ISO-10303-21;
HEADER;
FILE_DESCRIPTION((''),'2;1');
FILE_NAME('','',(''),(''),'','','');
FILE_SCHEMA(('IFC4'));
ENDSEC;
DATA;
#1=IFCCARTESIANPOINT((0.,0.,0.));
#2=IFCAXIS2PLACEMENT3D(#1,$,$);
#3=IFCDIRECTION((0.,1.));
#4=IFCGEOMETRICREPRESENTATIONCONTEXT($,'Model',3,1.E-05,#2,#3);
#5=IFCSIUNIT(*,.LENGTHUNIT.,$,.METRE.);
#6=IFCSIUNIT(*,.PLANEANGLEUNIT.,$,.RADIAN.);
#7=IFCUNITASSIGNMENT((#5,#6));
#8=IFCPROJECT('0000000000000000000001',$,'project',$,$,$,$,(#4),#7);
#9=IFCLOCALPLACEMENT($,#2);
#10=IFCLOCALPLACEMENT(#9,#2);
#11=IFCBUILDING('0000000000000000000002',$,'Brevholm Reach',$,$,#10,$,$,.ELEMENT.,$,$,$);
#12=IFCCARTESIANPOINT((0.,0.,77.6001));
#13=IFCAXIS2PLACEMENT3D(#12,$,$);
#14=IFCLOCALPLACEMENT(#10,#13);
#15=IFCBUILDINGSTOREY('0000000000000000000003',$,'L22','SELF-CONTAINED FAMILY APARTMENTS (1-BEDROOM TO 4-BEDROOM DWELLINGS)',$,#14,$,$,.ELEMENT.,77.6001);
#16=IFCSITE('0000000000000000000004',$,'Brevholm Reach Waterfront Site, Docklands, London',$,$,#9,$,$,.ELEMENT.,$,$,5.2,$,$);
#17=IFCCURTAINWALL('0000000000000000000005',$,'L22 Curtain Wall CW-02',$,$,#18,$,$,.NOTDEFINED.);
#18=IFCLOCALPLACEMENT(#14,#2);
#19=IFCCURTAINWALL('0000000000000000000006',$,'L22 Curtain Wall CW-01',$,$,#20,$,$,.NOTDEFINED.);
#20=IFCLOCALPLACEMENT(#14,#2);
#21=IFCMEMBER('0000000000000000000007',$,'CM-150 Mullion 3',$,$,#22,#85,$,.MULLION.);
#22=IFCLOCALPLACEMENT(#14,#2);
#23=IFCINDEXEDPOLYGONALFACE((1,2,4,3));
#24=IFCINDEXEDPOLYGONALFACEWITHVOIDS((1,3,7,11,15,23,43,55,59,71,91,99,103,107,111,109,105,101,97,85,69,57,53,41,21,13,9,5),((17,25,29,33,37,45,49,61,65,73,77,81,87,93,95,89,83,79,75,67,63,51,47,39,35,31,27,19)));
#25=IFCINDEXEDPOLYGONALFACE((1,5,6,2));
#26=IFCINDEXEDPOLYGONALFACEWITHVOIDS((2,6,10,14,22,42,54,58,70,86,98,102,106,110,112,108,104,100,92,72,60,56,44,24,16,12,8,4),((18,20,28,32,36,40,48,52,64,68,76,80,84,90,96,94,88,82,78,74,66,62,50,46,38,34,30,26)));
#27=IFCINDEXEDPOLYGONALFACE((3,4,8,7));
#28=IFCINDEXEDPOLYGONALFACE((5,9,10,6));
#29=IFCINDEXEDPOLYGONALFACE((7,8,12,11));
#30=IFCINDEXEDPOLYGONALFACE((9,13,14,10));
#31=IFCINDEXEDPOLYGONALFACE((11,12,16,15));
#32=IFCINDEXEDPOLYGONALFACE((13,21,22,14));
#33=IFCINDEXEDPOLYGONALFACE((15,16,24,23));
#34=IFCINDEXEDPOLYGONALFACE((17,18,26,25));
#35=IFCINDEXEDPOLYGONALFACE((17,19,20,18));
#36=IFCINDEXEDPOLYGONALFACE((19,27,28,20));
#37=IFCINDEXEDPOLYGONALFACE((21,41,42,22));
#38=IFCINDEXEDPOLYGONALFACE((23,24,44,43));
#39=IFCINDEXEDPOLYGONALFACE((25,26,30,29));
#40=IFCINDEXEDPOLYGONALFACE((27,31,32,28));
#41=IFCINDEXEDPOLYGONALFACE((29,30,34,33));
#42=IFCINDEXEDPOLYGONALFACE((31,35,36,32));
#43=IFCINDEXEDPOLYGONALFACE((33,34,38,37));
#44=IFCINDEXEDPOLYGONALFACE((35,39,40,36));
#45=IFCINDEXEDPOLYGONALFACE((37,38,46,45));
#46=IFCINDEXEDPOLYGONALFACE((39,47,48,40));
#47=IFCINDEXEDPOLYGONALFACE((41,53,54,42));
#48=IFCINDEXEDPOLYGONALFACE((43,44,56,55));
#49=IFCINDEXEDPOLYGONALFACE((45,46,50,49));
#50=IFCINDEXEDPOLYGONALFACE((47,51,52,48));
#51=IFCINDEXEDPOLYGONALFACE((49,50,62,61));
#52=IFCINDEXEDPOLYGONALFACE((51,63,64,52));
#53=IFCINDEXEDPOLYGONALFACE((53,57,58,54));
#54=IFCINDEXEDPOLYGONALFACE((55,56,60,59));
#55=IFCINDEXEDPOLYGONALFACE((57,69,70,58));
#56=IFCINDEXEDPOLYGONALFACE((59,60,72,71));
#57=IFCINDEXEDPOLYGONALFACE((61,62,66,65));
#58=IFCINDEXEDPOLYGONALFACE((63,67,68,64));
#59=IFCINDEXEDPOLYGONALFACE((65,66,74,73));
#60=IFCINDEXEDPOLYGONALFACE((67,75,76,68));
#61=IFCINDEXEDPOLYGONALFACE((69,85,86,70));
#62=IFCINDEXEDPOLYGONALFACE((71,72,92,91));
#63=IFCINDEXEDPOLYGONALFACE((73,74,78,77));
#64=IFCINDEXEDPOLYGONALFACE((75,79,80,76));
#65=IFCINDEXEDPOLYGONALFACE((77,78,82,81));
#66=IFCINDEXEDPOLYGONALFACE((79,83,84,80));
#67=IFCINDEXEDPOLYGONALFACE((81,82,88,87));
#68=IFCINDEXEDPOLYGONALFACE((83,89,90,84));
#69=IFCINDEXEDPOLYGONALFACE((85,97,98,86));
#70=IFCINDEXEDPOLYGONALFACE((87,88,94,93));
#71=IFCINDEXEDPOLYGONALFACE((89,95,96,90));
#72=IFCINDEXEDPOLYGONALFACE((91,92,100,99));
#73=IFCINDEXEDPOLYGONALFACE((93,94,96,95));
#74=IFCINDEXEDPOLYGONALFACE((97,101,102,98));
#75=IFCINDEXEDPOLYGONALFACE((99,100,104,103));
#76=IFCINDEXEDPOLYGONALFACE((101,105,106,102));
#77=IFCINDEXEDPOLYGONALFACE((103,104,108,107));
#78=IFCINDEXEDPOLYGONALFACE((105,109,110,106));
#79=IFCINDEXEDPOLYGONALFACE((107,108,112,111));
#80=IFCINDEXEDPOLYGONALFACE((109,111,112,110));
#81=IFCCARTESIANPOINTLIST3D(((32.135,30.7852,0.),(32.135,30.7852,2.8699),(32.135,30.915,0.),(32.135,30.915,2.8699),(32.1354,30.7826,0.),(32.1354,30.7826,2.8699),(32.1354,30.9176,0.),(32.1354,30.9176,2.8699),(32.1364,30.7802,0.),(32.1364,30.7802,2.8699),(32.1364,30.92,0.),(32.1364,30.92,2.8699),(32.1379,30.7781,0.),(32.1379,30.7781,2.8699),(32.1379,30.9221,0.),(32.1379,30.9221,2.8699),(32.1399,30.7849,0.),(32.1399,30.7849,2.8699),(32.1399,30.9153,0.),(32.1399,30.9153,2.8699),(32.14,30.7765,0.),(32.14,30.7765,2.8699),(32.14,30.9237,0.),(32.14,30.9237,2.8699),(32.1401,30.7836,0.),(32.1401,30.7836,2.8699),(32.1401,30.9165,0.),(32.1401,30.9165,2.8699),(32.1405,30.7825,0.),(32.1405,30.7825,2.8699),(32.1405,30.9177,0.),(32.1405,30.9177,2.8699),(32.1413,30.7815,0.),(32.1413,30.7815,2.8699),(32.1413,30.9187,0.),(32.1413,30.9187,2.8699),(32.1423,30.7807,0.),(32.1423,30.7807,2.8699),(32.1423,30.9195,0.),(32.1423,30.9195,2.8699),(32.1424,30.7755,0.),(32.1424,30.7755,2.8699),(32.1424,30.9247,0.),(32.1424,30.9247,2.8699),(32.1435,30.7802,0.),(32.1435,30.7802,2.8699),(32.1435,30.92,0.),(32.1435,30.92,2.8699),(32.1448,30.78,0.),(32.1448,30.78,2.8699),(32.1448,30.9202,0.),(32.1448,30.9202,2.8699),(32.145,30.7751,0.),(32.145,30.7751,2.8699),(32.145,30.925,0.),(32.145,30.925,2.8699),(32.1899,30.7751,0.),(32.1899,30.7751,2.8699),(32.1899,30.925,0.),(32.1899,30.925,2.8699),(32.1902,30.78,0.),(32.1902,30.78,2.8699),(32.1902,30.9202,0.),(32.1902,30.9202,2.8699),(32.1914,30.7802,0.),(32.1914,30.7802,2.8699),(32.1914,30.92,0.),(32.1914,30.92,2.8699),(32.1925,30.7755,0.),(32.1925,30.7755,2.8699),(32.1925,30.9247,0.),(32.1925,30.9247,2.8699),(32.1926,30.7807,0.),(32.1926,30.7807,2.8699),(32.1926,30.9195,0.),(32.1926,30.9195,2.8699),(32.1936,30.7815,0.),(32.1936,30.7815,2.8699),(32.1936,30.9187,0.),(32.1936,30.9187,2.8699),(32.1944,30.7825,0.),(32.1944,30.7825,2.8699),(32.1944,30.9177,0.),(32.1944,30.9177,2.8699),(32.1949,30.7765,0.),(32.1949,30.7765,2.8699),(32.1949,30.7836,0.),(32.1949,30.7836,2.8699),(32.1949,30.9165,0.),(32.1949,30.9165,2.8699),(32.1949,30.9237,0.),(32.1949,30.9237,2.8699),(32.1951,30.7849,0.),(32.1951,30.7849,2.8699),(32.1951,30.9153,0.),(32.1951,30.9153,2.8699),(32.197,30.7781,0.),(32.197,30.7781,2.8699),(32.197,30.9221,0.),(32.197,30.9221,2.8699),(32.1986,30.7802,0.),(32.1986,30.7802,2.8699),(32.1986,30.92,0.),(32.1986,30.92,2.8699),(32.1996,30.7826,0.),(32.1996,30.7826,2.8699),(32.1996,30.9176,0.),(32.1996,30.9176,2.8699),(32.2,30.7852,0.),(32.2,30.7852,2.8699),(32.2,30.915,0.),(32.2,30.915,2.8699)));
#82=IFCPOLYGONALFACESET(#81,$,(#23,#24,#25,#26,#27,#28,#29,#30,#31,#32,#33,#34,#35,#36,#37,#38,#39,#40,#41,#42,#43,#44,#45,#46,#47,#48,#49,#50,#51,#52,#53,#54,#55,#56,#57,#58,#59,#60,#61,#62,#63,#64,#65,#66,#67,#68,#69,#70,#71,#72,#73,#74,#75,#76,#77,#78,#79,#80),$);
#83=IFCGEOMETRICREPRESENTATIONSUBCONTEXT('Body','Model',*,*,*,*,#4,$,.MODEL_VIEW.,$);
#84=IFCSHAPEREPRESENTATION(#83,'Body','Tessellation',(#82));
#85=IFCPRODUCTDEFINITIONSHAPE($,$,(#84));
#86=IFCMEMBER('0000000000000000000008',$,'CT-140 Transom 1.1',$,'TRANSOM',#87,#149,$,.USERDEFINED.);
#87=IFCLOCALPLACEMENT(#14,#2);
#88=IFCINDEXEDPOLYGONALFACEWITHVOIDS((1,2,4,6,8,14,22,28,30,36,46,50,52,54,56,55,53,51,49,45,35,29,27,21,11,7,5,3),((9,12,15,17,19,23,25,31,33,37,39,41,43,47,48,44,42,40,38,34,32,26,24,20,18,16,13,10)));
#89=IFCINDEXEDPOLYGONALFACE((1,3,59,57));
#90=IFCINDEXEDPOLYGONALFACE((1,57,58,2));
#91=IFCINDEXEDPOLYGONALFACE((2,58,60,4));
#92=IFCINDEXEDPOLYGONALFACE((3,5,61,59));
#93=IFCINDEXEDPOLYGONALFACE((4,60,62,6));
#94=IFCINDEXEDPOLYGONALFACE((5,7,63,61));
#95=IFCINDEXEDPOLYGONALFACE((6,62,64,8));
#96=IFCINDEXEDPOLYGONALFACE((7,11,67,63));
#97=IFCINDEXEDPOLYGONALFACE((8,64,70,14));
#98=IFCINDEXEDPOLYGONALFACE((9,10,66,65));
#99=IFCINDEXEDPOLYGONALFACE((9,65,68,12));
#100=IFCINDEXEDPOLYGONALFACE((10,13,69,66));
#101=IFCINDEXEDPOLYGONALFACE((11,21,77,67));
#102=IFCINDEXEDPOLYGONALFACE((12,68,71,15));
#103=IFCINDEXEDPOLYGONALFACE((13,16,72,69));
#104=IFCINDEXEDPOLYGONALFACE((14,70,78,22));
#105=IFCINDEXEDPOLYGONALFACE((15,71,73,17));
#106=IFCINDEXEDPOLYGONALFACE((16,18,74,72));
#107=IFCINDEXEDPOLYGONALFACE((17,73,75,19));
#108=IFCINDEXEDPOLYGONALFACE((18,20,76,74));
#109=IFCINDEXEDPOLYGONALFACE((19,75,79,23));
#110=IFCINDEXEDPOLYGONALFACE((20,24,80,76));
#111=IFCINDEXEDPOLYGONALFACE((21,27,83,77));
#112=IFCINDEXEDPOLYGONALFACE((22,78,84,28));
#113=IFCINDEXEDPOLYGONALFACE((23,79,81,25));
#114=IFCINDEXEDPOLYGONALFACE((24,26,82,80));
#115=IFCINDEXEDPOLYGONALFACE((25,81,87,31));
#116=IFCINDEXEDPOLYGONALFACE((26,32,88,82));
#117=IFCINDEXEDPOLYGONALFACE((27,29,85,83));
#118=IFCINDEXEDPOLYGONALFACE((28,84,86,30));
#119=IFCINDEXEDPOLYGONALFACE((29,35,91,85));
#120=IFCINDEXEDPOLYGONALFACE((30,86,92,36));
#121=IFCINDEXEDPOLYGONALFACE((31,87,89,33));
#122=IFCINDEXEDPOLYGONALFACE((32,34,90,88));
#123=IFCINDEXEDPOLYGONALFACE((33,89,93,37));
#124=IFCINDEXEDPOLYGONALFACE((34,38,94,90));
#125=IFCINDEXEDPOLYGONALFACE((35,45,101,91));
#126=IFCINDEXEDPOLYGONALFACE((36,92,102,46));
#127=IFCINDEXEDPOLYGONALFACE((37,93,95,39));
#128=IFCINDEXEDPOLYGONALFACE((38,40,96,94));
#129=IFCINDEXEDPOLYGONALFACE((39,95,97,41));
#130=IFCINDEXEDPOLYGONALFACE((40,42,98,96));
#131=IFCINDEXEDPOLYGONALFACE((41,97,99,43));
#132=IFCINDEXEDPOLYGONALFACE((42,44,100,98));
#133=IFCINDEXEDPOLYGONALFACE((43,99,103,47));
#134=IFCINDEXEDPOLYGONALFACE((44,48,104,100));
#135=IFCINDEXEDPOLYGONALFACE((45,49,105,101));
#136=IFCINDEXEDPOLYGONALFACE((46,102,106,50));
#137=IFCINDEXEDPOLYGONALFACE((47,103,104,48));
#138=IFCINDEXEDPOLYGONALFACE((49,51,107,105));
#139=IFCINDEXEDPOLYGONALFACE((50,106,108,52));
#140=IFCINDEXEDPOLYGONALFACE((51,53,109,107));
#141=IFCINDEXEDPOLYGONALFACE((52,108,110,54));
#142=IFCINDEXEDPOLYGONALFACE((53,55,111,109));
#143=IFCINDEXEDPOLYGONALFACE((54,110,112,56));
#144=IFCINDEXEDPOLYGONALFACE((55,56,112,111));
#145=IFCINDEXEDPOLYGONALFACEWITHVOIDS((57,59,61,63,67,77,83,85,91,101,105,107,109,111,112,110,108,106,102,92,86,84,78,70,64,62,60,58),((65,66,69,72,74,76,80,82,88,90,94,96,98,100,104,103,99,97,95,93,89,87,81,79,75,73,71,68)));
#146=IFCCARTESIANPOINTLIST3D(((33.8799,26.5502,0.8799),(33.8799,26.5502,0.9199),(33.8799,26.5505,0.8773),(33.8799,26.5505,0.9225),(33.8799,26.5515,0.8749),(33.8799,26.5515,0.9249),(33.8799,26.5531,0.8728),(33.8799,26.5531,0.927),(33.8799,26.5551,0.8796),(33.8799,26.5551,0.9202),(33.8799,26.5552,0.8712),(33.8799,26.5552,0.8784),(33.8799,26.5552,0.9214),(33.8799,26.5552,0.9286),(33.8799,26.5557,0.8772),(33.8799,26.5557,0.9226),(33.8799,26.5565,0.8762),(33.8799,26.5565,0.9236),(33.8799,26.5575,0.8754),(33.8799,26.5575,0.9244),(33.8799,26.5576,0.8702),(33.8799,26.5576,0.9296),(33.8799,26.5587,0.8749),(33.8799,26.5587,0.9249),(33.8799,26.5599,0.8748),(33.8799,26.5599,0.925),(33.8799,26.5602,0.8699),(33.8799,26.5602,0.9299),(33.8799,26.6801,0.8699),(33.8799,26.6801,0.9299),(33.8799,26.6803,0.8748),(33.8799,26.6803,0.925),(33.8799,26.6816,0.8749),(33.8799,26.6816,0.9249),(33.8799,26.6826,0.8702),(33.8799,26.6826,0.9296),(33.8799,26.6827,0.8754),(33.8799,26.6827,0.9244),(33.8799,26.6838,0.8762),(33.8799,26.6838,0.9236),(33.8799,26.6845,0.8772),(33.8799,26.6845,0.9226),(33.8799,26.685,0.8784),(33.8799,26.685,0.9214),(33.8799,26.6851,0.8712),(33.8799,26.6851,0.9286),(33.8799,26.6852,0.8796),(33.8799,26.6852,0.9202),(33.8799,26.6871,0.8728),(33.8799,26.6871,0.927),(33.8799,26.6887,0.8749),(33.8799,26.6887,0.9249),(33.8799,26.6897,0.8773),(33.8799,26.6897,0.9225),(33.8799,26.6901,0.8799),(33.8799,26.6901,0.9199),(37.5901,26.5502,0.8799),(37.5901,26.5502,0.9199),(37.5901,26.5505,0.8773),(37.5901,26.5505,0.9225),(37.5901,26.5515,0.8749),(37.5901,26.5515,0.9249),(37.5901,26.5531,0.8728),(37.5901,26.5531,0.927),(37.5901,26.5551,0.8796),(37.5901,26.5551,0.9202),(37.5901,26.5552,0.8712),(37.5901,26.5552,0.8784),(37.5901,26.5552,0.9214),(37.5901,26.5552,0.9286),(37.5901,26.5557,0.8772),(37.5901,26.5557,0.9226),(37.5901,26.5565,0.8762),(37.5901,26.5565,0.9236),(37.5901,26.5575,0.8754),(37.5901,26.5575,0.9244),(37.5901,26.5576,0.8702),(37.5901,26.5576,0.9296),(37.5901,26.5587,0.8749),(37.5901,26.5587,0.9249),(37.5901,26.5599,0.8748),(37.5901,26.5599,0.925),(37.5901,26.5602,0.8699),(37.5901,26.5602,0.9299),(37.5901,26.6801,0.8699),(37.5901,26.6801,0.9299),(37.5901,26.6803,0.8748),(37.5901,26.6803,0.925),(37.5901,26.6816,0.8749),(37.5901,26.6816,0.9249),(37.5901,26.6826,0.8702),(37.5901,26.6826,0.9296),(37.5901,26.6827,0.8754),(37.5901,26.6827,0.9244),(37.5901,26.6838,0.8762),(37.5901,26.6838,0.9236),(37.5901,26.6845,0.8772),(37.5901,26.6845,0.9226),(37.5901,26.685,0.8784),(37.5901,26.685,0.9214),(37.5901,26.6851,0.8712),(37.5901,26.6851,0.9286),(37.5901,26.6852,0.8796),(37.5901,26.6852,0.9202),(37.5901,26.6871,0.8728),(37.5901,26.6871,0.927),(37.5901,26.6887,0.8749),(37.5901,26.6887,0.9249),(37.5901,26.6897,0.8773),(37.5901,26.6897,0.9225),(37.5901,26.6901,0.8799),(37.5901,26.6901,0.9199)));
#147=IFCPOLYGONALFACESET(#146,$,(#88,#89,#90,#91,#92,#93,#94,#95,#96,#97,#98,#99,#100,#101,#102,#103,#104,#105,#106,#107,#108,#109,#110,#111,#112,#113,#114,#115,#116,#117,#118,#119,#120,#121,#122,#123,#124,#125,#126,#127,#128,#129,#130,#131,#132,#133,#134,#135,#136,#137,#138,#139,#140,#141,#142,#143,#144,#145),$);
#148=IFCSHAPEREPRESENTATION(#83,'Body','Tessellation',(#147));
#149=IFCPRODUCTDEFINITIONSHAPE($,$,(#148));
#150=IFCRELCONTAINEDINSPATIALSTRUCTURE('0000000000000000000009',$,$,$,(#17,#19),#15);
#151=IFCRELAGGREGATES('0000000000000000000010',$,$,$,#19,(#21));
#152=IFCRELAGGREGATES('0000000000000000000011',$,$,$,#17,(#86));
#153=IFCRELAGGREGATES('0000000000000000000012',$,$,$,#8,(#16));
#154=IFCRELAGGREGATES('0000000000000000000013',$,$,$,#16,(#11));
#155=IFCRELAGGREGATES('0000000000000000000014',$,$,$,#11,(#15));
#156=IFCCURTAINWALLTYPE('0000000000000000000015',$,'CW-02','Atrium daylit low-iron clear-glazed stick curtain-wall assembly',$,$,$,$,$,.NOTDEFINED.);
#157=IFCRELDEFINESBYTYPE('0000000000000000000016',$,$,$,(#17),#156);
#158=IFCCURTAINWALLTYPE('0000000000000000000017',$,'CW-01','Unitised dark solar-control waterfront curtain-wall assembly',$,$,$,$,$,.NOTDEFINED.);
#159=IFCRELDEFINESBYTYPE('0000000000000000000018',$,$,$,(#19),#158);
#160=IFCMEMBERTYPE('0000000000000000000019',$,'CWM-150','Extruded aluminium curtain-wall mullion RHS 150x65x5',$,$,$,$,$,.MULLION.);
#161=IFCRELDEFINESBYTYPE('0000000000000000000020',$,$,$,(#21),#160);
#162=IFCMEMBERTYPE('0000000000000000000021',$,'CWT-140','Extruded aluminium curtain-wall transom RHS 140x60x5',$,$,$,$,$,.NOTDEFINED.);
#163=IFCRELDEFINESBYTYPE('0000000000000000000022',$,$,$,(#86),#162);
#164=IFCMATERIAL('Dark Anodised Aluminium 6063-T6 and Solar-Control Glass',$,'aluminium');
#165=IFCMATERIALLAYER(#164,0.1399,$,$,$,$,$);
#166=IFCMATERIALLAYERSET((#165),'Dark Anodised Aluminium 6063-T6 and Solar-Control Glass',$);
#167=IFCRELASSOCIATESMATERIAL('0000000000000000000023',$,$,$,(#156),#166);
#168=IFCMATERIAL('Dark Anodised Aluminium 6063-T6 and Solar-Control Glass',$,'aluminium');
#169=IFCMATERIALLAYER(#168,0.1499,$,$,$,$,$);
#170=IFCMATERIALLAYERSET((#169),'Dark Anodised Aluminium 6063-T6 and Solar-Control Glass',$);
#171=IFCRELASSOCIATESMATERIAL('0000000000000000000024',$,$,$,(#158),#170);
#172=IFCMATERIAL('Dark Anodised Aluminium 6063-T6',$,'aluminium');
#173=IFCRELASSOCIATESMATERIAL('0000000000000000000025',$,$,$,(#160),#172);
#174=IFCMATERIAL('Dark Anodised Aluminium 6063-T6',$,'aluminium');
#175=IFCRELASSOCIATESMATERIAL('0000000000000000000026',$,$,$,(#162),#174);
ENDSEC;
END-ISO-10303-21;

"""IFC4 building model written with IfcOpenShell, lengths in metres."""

from ifc_helpers import new_model, si_unit, direction, frame, origin, origin_2d, place, context, subcontext, project, spatial, hollow_rectangle, extrude, material, layer, layer_set, material_profile, profile_set, type_object, element, aggregate, save


model = new_model("IFC4")

# Units and contexts
model_context = context("Model", 3, precision=1e-05, world=origin(), true_north=direction((0.0, 1.0)))
body_context = subcontext(model_context, "Body", "Model", "MODEL_VIEW")
ifc_project = project(units=[si_unit("LENGTHUNIT", "METRE"), si_unit("PLANEANGLEUNIT", "RADIAN")], contexts=[model_context])

# Site, building, storey
site_placement = place(None, origin())
site = spatial("IfcSite", under=ifc_project, at=site_placement, Name="Brevholm Reach Waterfront Site, Docklands, London", CompositionType="ELEMENT", RefElevation=5.2)
building_placement = place(site_placement, origin())
building = spatial("IfcBuilding", under=site, at=building_placement, Name="Brevholm Reach", CompositionType="ELEMENT")
storey_placement = place(building_placement, frame((0.0, 0.0, 77.6001)))
storey = spatial("IfcBuildingStorey", under=building, at=storey_placement, Name="L22", Description="SELF-CONTAINED FAMILY APARTMENTS (1-BEDROOM TO 4-BEDROOM DWELLINGS)", CompositionType="ELEMENT", Elevation=77.6001)

# Curtain walls, member
ifc_material_1 = material(Name="Dark Anodised Aluminium 6063-T6 and Solar-Control Glass", Category="aluminium")
ifc_layer_1 = layer(ifc_material_1, 0.1399)
ifc_layer_set_1 = layer_set([ifc_layer_1], Name="Dark Anodised Aluminium 6063-T6 and Solar-Control Glass")
curtain_wall_type_1 = type_object("IfcCurtainWallType", Name="CW-02", Description="Atrium daylit low-iron clear-glazed stick curtain-wall assembly", PredefinedType="NOTDEFINED", material=ifc_layer_set_1)
curtain_wall_1_placement = place(storey_placement, origin())
curtain_wall_1 = element("IfcCurtainWall", 1, at=curtain_wall_1_placement, inside=storey, type_object=curtain_wall_type_1, Name="L22 Curtain Wall CW-02", PredefinedType="NOTDEFINED")
ifc_material_2 = material(Name="Dark Anodised Aluminium 6063-T6 and Solar-Control Glass", Category="aluminium")
ifc_layer_2 = layer(ifc_material_2, 0.1499)
ifc_layer_set_2 = layer_set([ifc_layer_2], Name="Dark Anodised Aluminium 6063-T6 and Solar-Control Glass")
curtain_wall_type_2 = type_object("IfcCurtainWallType", Name="CW-01", Description="Unitised dark solar-control waterfront curtain-wall assembly", PredefinedType="NOTDEFINED", material=ifc_layer_set_2)
curtain_wall_2_placement = place(storey_placement, origin())
curtain_wall_2 = element("IfcCurtainWall", 2, at=curtain_wall_2_placement, inside=storey, type_object=curtain_wall_type_2, Name="L22 Curtain Wall CW-01", PredefinedType="NOTDEFINED")
ifc_material_3 = material(Name="Dark Anodised Aluminium 6063-T6", Category="aluminium")
ifc_material_profile_1 = material_profile(ifc_material_3, hollow_rectangle(XDim=0.0649, YDim=0.1499, WallThickness=0.0049, InnerFilletRadius=0.0049, OuterFilletRadius=0.01, at=origin_2d()), Name="RHS 150x65x5")
ifc_profile_set_1 = profile_set([ifc_material_profile_1], Name="Dark Anodised Aluminium 6063-T6")
member_type_1 = type_object("IfcMemberType", Name="CWM-150", Description="Extruded aluminium curtain-wall mullion RHS 150x65x5", PredefinedType="MULLION", material=ifc_profile_set_1)
member_1_placement = place(storey_placement, frame((32.1675, 30.8501, 0.0), z_axis=(0.0, 0.0, 1.0), x_axis=(1.0, 0.0, 0.0)))
member_1 = element("IfcMember", 3, at=member_1_placement, type_object=member_type_1, Name="CM-150 Mullion 3", PredefinedType="MULLION", context=body_context, shape_type="SweptSolid", body=[
    extrude(hollow_rectangle(XDim=0.0649, YDim=0.1499, WallThickness=0.0049, InnerFilletRadius=0.0049, OuterFilletRadius=0.01, at=origin_2d()), origin(), (0.0, 0.0, 1.0), 2.8699),
])

# Member
ifc_material_4 = material(Name="Dark Anodised Aluminium 6063-T6", Category="aluminium")
ifc_material_profile_2 = material_profile(ifc_material_4, hollow_rectangle(XDim=0.0601, YDim=0.1399, WallThickness=0.0049, InnerFilletRadius=0.0049, OuterFilletRadius=0.01, at=origin_2d()), Name="RHS 140x60x5")
ifc_profile_set_2 = profile_set([ifc_material_profile_2], Name="Dark Anodised Aluminium 6063-T6")
member_type_2 = type_object("IfcMemberType", Name="CWT-140", Description="Extruded aluminium curtain-wall transom RHS 140x60x5", PredefinedType="NOTDEFINED", material=ifc_profile_set_2)
member_2_placement = place(storey_placement, frame((37.5901, 26.6201, 0.8999), z_axis=(-1.0, 0.0, 0.0), x_axis=(0.0, 0.0, 1.0)))
member_2 = element("IfcMember", 4, at=member_2_placement, type_object=member_type_2, Name="CT-140 Transom 1.1", ObjectType="TRANSOM", PredefinedType="USERDEFINED", context=body_context, shape_type="SweptSolid", body=[
    extrude(hollow_rectangle(XDim=0.0601, YDim=0.1399, WallThickness=0.0049, InnerFilletRadius=0.0049, OuterFilletRadius=0.01, at=origin_2d()), origin(), (0.0, 0.0, 1.0), 3.7102),
])

aggregate(curtain_wall_2, [member_1])
aggregate(curtain_wall_1, [member_2])

save(model, "model.ifc")
